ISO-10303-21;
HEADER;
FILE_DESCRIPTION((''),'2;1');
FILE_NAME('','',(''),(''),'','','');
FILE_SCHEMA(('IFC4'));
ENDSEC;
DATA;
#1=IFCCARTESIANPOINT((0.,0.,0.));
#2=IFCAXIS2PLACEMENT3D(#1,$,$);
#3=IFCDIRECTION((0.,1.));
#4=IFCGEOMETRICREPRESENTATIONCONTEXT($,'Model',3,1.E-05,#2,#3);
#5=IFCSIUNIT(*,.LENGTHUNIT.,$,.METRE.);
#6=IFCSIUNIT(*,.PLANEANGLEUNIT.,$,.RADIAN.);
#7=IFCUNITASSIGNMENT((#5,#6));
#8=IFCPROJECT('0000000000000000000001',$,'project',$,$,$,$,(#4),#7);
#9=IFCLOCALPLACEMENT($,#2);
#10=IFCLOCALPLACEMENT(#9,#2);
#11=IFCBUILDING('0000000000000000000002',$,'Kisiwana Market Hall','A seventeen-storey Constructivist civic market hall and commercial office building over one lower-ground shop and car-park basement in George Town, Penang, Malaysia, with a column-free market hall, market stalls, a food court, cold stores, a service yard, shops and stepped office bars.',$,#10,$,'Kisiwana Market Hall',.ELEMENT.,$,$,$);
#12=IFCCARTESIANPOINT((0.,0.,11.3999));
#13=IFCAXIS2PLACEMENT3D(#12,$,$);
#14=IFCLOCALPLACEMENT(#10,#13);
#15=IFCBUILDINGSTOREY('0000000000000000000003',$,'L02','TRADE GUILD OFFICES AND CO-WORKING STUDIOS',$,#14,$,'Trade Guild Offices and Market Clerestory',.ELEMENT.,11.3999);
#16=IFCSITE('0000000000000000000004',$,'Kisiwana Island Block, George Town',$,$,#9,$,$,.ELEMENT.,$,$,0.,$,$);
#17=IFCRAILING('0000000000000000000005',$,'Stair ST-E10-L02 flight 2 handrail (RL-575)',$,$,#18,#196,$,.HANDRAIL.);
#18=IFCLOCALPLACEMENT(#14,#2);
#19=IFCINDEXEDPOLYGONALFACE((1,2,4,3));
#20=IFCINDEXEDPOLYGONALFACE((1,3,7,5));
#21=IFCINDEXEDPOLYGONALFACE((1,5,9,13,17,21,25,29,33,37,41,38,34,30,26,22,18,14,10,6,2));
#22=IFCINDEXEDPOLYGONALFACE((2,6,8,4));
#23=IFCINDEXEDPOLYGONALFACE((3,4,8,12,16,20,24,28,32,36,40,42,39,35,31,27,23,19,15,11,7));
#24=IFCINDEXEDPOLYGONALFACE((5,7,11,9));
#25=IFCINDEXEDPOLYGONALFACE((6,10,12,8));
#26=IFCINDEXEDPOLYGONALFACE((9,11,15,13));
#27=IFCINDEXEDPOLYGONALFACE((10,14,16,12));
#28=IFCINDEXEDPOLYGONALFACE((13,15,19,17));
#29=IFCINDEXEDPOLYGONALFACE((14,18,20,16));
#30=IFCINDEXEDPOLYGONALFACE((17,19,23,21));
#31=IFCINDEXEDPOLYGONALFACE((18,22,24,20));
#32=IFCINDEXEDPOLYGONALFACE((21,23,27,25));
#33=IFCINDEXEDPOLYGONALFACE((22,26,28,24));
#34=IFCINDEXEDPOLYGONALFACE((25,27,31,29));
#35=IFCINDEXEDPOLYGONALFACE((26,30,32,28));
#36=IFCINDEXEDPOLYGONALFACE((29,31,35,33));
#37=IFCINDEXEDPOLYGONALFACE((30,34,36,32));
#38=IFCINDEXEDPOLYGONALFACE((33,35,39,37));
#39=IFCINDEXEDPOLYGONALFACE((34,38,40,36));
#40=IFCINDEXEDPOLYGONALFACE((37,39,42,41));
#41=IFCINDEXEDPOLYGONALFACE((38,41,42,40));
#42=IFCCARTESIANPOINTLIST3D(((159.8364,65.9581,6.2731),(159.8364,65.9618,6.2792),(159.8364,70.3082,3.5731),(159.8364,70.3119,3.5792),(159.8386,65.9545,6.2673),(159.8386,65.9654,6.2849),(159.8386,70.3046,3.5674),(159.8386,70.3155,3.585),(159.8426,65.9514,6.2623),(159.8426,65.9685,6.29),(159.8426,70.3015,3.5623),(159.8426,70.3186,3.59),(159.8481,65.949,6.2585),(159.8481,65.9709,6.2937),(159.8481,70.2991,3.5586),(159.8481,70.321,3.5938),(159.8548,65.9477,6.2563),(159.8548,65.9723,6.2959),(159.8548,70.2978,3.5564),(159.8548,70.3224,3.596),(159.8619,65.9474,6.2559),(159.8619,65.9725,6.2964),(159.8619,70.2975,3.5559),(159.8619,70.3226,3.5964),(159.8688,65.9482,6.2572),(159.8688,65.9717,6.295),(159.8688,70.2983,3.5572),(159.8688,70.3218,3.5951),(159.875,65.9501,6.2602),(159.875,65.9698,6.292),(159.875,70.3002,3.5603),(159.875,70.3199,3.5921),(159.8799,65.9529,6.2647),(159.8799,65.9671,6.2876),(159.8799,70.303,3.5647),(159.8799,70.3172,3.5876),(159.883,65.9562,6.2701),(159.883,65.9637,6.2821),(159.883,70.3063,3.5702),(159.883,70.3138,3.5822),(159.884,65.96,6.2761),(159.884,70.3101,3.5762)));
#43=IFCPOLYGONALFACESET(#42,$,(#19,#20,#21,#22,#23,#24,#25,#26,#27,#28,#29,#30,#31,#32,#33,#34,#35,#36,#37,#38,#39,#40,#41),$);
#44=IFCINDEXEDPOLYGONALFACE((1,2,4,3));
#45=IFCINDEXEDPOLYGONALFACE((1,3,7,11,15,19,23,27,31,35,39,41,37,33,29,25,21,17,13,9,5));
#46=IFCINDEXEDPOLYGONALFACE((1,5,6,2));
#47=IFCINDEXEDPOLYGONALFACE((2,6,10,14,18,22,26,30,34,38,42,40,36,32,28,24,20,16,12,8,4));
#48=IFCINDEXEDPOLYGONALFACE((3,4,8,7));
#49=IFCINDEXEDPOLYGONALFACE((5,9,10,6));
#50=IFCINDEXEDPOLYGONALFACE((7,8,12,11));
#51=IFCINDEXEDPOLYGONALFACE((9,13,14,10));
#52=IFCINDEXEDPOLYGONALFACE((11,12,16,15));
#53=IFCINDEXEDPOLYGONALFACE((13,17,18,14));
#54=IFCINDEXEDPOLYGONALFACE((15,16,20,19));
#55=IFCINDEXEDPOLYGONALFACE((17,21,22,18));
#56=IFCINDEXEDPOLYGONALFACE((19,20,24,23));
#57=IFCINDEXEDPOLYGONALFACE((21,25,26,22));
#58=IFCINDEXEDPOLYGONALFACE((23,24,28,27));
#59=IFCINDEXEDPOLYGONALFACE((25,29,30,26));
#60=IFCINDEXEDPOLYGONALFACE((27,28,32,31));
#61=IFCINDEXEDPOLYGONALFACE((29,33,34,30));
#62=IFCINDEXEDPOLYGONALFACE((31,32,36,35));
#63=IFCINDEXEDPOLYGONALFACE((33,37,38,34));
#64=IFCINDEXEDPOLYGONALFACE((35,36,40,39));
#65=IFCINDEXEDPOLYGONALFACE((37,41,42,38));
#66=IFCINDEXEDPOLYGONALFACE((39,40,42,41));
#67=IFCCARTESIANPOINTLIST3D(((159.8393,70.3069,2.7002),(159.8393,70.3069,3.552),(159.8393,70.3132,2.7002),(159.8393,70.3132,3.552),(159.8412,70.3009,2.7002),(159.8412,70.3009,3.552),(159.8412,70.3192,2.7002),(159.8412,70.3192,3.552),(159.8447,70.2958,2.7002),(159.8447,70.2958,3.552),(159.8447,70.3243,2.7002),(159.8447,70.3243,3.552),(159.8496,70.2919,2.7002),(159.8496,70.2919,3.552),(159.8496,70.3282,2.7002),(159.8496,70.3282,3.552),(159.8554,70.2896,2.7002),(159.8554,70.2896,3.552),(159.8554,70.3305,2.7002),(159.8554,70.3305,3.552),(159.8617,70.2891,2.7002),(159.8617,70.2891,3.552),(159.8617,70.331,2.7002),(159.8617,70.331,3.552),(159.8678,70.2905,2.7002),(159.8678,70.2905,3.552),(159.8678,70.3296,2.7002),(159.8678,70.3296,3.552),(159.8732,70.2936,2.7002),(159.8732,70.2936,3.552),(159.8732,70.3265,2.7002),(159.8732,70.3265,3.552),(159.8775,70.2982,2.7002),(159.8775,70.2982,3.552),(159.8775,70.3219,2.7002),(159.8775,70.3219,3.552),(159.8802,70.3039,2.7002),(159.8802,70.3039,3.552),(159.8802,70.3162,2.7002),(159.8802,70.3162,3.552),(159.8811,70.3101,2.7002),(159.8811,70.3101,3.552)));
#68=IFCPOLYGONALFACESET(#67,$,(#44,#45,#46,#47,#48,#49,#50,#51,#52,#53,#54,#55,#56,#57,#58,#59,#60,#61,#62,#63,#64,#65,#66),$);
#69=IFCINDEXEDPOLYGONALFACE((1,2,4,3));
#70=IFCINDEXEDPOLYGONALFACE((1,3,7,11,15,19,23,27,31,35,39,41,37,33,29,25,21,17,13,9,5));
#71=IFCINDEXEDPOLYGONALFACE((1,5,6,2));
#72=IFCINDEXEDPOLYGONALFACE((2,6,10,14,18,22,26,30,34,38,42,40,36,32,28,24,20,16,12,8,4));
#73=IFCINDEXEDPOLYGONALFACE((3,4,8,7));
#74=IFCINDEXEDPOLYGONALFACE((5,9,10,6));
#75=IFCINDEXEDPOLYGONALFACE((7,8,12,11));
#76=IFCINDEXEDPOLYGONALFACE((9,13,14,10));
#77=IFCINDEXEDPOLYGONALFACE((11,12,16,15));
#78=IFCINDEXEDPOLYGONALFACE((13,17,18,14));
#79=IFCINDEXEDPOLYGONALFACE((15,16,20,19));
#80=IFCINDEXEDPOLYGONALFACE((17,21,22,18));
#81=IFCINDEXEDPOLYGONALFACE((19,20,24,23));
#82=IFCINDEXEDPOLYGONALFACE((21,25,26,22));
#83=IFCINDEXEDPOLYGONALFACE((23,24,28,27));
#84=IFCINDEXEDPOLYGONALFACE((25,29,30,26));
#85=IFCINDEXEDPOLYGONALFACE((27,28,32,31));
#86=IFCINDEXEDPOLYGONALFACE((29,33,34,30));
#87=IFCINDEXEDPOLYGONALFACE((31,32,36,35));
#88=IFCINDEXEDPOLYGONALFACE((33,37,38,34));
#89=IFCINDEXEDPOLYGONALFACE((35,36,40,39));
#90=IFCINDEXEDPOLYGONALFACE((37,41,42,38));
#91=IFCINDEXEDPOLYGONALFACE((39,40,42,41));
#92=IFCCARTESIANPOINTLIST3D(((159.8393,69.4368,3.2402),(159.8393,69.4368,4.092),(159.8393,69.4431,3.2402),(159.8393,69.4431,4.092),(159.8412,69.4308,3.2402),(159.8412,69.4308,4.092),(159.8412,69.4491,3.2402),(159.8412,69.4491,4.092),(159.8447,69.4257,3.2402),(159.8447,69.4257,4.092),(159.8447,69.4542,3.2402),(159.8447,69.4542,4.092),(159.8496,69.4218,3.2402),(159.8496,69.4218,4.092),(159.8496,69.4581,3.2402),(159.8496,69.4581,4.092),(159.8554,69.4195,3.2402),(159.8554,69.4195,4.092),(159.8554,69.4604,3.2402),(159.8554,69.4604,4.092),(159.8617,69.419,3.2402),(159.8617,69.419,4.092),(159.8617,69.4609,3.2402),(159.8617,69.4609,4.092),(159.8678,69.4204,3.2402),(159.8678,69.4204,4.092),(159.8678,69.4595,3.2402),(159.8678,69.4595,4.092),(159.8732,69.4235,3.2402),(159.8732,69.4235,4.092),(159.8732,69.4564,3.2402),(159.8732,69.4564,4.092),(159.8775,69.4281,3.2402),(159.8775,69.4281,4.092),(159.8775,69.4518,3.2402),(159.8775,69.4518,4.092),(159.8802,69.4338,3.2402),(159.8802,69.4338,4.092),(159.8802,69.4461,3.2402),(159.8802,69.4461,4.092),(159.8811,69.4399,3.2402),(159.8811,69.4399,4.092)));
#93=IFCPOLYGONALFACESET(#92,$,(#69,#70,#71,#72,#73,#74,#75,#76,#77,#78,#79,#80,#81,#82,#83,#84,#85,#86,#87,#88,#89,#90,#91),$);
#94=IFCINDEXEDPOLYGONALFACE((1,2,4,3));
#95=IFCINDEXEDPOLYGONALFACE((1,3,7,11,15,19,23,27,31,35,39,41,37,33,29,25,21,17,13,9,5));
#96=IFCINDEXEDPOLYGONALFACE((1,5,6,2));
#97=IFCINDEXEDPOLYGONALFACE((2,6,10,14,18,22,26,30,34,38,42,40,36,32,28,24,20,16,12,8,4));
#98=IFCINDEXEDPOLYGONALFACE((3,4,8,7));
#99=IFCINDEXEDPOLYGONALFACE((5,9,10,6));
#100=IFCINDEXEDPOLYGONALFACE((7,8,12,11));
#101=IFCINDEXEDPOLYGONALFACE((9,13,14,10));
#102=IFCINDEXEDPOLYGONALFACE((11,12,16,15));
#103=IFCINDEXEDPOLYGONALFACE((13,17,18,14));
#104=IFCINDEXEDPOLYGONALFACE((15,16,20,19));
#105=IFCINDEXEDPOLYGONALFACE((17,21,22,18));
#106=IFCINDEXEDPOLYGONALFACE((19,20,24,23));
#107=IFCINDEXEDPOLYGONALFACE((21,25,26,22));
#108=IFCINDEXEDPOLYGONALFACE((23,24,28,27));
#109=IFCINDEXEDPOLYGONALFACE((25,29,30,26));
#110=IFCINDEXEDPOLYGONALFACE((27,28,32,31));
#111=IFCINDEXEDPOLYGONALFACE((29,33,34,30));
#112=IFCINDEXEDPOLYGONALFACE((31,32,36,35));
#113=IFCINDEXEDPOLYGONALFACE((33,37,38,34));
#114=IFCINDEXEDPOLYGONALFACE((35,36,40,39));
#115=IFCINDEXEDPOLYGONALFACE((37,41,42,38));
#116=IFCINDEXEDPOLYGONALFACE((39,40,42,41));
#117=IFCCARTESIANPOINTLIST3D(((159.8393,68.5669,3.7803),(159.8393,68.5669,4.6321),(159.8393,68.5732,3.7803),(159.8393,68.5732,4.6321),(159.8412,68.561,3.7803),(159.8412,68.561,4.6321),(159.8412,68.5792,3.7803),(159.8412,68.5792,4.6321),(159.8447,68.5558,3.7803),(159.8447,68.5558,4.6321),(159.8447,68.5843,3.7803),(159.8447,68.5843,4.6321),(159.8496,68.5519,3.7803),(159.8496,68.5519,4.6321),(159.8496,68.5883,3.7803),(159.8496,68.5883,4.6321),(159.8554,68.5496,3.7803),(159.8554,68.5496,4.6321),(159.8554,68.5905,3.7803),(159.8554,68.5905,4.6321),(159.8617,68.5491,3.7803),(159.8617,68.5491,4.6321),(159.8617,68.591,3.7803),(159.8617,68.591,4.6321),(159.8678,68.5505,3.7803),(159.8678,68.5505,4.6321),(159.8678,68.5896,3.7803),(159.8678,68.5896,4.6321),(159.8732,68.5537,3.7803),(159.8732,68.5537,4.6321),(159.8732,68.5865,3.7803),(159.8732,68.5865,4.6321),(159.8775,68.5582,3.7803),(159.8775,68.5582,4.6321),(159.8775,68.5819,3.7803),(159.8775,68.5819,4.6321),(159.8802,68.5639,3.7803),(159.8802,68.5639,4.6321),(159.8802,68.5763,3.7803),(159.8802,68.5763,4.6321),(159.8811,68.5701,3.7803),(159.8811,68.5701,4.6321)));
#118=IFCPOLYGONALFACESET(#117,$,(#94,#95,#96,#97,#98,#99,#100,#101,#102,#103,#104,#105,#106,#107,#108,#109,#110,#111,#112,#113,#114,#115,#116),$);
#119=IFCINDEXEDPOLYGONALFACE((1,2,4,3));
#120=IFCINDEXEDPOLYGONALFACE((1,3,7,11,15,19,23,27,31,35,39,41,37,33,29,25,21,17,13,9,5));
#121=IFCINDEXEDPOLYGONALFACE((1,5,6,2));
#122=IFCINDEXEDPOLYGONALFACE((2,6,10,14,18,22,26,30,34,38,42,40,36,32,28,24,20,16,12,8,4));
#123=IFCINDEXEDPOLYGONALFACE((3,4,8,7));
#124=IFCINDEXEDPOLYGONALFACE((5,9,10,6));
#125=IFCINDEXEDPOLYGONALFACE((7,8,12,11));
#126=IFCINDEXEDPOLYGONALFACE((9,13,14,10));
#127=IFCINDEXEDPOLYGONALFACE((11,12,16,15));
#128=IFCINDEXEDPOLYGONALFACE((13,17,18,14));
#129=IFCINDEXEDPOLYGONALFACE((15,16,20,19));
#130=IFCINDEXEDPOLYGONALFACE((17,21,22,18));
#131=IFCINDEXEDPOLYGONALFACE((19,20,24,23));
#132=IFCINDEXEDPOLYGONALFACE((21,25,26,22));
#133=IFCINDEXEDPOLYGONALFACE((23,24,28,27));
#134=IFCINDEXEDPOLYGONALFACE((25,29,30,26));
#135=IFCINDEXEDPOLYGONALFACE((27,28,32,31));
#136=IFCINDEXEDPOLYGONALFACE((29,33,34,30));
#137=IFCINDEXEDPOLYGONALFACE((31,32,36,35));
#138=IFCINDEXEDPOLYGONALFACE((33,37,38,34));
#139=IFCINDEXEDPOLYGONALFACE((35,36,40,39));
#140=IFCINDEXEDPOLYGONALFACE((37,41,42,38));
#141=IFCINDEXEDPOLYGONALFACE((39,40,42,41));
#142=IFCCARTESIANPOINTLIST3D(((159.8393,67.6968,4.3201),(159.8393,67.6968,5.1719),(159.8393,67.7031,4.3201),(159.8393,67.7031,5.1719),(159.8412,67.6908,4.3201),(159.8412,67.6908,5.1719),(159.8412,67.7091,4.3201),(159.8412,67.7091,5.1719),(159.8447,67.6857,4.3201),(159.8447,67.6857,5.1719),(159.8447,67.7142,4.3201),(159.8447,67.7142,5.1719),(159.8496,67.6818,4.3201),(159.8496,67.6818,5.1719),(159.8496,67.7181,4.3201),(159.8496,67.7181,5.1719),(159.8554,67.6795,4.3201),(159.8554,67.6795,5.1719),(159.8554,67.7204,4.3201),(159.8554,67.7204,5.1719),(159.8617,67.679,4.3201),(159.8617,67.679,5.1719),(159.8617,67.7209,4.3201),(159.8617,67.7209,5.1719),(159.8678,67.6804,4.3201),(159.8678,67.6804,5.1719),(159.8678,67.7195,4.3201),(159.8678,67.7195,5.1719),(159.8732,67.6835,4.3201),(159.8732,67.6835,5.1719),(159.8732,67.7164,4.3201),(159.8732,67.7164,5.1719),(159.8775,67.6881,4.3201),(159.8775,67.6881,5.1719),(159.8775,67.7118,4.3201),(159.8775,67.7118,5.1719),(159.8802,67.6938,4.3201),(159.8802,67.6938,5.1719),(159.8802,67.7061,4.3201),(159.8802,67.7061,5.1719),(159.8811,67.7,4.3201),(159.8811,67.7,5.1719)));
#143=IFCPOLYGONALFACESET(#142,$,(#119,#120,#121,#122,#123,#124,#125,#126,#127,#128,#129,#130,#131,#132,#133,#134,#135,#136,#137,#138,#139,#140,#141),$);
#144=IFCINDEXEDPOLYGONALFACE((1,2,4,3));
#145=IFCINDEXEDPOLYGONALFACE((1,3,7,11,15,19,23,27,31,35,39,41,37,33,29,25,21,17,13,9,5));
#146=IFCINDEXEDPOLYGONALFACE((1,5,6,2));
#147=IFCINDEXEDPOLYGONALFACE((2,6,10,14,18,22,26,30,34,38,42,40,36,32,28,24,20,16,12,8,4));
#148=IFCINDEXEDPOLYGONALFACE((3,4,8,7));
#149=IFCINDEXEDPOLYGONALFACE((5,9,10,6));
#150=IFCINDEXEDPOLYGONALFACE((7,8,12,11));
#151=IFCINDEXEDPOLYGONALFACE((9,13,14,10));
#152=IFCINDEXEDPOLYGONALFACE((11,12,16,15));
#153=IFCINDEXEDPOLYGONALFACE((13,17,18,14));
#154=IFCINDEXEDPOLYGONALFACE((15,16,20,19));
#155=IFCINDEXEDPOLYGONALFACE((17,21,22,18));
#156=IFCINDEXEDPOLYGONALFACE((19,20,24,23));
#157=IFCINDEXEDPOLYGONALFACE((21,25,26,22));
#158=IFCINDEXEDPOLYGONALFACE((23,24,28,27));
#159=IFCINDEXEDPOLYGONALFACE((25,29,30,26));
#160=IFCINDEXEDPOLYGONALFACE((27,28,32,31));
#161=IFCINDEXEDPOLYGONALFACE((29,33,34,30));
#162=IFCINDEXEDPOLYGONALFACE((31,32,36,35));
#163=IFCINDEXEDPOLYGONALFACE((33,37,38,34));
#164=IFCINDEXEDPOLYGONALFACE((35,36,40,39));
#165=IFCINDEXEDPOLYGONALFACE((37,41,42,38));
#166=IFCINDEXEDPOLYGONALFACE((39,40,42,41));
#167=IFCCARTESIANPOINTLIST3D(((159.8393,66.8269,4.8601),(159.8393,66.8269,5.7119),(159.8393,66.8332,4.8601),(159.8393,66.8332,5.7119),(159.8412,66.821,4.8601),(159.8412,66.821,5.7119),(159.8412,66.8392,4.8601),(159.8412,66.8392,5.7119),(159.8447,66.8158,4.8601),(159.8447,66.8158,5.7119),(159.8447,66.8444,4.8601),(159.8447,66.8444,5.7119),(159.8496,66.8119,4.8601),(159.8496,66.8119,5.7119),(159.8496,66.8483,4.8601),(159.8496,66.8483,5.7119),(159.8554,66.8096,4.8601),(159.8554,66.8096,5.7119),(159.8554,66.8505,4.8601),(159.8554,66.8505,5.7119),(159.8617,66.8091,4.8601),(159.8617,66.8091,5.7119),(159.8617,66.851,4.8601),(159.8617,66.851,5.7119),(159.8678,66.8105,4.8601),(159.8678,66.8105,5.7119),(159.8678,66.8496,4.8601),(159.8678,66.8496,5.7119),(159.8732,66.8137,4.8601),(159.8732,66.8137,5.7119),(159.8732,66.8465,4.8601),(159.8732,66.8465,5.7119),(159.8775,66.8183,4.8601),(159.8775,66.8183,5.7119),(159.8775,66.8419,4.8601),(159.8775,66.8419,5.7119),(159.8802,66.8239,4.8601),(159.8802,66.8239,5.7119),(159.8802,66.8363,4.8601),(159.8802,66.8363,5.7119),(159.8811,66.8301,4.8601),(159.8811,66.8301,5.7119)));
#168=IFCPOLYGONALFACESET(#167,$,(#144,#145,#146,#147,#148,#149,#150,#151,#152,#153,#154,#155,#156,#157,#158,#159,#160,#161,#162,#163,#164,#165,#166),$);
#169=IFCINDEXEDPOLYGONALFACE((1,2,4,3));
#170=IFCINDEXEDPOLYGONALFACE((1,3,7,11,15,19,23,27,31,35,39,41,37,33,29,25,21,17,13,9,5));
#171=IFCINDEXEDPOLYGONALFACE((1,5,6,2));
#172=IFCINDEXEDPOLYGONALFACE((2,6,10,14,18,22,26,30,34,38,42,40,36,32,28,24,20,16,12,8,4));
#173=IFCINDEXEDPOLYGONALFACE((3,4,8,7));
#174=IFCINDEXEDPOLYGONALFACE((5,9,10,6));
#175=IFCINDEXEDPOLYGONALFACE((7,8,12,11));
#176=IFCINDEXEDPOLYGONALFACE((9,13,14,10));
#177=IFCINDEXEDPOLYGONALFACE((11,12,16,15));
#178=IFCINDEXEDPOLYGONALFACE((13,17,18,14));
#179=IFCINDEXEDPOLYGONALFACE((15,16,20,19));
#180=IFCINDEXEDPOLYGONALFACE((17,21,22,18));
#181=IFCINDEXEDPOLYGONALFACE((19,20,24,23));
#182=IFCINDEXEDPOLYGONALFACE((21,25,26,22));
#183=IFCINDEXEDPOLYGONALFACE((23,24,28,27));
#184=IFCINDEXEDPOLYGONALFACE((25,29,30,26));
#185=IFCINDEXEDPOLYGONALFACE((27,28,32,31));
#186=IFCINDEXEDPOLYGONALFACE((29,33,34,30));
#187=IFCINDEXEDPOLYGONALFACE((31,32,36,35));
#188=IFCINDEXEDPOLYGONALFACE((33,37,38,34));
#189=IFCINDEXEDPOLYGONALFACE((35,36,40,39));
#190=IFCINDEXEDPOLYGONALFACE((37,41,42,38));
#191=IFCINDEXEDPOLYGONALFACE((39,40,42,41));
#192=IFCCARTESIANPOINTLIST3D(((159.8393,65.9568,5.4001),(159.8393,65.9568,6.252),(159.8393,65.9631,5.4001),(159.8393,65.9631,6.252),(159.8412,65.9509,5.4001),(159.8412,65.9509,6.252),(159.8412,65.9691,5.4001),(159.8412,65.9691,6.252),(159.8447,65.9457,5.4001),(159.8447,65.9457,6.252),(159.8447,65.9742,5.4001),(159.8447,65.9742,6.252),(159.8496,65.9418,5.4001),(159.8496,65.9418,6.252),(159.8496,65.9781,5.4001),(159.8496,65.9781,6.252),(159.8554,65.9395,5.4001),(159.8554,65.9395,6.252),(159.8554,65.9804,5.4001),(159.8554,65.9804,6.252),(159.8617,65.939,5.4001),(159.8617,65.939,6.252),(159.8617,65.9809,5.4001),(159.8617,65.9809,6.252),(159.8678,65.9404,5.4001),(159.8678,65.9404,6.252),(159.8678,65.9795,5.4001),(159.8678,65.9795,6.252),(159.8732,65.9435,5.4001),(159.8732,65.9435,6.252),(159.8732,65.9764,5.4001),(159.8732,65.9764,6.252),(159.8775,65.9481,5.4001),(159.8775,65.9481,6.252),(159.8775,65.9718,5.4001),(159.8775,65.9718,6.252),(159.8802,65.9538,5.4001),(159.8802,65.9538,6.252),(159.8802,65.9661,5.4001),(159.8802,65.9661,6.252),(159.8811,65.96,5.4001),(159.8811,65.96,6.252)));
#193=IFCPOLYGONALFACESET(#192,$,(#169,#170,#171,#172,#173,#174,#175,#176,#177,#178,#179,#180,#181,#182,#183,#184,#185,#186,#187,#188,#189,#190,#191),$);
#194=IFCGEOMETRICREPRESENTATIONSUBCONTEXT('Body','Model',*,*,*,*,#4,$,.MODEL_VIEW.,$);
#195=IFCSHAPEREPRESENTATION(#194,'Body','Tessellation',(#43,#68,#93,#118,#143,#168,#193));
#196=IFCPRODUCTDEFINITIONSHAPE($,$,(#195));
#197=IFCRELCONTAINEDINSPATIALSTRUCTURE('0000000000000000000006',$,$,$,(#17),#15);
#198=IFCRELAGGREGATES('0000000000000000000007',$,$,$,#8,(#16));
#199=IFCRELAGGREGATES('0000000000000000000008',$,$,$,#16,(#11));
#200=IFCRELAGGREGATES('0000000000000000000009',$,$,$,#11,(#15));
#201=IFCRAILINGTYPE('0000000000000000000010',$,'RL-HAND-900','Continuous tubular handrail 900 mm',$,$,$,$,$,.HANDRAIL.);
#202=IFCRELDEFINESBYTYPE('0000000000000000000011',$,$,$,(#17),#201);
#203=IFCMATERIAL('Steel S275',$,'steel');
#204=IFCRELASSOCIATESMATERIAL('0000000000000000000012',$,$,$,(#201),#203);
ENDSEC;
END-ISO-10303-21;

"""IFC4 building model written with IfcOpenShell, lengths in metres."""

from ifc_helpers import new_model, si_unit, direction, frame, origin, origin_2d, place, context, subcontext, project, spatial, circle, extrude, material, type_object, element, save


model = new_model("IFC4")

# Units and contexts
model_context = context("Model", 3, precision=1e-05, world=origin(), true_north=direction((0.0, 1.0)))
body_context = subcontext(model_context, "Body", "Model", "MODEL_VIEW")
ifc_project = project(units=[si_unit("LENGTHUNIT", "METRE"), si_unit("PLANEANGLEUNIT", "RADIAN")], contexts=[model_context])

# Site, building, storey
site_placement = place(None, origin())
site = spatial("IfcSite", under=ifc_project, at=site_placement, Name="Kisiwana Island Block, George Town", CompositionType="ELEMENT", RefElevation=0.0)
building_placement = place(site_placement, origin())
building = spatial("IfcBuilding", under=site, at=building_placement, Name="Kisiwana Market Hall", Description="A seventeen-storey Constructivist civic market hall and commercial office building over one lower-ground shop and car-park basement in George Town, Penang, Malaysia, with a column-free market hall, market stalls, a food court, cold stores, a service yard, shops and stepped office bars.", LongName="Kisiwana Market Hall", CompositionType="ELEMENT")
storey_placement = place(building_placement, frame((0.0, 0.0, 11.3999)))
storey = spatial("IfcBuildingStorey", under=building, at=storey_placement, Name="L02", Description="TRADE GUILD OFFICES AND CO-WORKING STUDIOS", LongName="Trade Guild Offices and Market Clerestory", CompositionType="ELEMENT", Elevation=11.3999)

# Railing
ifc_material_1 = material(Name="Steel S275", Category="steel")
railing_type_1 = type_object("IfcRailingType", Name="RL-HAND-900", Description="Continuous tubular handrail 900 mm", PredefinedType="HANDRAIL", material=ifc_material_1)
railing_1_placement = place(storey_placement, frame((159.8601, 70.3101, 2.7002)))
element("IfcRailing", 1, at=railing_1_placement, inside=storey, type_object=railing_type_1, Name="Stair ST-E10-L02 flight 2 handrail (RL-575)", PredefinedType="HANDRAIL", context=body_context, shape_type="SweptSolid", body=[
    extrude(circle(Radius=0.0239, at=origin_2d()), frame((0.0, 0.0, 0.876), z_axis=(0.0, -0.84965, 0.527347), x_axis=(1.0, 0.0, 0.0)), (0.0, 0.0, 1.0), 5.1199),
    extrude(circle(Radius=0.021, at=origin_2d()), origin(), (0.0, 0.0, 1.0), 0.8518),
    extrude(circle(Radius=0.021, at=origin_2d()), frame((0.0, -0.8701, 0.54)), (0.0, 0.0, 1.0), 0.8518),
    extrude(circle(Radius=0.021, at=origin_2d()), frame((0.0, -1.74, 1.0801)), (0.0, 0.0, 1.0), 0.8518),
    extrude(circle(Radius=0.021, at=origin_2d()), frame((0.0, -2.6101, 1.6199)), (0.0, 0.0, 1.0), 0.8518),
    extrude(circle(Radius=0.021, at=origin_2d()), frame((0.0, -3.48, 2.1599)), (0.0, 0.0, 1.0), 0.8518),
    extrude(circle(Radius=0.021, at=origin_2d()), frame((0.0, -4.3501, 2.7)), (0.0, 0.0, 1.0), 0.8518),
])

save(model, "model.ifc")
